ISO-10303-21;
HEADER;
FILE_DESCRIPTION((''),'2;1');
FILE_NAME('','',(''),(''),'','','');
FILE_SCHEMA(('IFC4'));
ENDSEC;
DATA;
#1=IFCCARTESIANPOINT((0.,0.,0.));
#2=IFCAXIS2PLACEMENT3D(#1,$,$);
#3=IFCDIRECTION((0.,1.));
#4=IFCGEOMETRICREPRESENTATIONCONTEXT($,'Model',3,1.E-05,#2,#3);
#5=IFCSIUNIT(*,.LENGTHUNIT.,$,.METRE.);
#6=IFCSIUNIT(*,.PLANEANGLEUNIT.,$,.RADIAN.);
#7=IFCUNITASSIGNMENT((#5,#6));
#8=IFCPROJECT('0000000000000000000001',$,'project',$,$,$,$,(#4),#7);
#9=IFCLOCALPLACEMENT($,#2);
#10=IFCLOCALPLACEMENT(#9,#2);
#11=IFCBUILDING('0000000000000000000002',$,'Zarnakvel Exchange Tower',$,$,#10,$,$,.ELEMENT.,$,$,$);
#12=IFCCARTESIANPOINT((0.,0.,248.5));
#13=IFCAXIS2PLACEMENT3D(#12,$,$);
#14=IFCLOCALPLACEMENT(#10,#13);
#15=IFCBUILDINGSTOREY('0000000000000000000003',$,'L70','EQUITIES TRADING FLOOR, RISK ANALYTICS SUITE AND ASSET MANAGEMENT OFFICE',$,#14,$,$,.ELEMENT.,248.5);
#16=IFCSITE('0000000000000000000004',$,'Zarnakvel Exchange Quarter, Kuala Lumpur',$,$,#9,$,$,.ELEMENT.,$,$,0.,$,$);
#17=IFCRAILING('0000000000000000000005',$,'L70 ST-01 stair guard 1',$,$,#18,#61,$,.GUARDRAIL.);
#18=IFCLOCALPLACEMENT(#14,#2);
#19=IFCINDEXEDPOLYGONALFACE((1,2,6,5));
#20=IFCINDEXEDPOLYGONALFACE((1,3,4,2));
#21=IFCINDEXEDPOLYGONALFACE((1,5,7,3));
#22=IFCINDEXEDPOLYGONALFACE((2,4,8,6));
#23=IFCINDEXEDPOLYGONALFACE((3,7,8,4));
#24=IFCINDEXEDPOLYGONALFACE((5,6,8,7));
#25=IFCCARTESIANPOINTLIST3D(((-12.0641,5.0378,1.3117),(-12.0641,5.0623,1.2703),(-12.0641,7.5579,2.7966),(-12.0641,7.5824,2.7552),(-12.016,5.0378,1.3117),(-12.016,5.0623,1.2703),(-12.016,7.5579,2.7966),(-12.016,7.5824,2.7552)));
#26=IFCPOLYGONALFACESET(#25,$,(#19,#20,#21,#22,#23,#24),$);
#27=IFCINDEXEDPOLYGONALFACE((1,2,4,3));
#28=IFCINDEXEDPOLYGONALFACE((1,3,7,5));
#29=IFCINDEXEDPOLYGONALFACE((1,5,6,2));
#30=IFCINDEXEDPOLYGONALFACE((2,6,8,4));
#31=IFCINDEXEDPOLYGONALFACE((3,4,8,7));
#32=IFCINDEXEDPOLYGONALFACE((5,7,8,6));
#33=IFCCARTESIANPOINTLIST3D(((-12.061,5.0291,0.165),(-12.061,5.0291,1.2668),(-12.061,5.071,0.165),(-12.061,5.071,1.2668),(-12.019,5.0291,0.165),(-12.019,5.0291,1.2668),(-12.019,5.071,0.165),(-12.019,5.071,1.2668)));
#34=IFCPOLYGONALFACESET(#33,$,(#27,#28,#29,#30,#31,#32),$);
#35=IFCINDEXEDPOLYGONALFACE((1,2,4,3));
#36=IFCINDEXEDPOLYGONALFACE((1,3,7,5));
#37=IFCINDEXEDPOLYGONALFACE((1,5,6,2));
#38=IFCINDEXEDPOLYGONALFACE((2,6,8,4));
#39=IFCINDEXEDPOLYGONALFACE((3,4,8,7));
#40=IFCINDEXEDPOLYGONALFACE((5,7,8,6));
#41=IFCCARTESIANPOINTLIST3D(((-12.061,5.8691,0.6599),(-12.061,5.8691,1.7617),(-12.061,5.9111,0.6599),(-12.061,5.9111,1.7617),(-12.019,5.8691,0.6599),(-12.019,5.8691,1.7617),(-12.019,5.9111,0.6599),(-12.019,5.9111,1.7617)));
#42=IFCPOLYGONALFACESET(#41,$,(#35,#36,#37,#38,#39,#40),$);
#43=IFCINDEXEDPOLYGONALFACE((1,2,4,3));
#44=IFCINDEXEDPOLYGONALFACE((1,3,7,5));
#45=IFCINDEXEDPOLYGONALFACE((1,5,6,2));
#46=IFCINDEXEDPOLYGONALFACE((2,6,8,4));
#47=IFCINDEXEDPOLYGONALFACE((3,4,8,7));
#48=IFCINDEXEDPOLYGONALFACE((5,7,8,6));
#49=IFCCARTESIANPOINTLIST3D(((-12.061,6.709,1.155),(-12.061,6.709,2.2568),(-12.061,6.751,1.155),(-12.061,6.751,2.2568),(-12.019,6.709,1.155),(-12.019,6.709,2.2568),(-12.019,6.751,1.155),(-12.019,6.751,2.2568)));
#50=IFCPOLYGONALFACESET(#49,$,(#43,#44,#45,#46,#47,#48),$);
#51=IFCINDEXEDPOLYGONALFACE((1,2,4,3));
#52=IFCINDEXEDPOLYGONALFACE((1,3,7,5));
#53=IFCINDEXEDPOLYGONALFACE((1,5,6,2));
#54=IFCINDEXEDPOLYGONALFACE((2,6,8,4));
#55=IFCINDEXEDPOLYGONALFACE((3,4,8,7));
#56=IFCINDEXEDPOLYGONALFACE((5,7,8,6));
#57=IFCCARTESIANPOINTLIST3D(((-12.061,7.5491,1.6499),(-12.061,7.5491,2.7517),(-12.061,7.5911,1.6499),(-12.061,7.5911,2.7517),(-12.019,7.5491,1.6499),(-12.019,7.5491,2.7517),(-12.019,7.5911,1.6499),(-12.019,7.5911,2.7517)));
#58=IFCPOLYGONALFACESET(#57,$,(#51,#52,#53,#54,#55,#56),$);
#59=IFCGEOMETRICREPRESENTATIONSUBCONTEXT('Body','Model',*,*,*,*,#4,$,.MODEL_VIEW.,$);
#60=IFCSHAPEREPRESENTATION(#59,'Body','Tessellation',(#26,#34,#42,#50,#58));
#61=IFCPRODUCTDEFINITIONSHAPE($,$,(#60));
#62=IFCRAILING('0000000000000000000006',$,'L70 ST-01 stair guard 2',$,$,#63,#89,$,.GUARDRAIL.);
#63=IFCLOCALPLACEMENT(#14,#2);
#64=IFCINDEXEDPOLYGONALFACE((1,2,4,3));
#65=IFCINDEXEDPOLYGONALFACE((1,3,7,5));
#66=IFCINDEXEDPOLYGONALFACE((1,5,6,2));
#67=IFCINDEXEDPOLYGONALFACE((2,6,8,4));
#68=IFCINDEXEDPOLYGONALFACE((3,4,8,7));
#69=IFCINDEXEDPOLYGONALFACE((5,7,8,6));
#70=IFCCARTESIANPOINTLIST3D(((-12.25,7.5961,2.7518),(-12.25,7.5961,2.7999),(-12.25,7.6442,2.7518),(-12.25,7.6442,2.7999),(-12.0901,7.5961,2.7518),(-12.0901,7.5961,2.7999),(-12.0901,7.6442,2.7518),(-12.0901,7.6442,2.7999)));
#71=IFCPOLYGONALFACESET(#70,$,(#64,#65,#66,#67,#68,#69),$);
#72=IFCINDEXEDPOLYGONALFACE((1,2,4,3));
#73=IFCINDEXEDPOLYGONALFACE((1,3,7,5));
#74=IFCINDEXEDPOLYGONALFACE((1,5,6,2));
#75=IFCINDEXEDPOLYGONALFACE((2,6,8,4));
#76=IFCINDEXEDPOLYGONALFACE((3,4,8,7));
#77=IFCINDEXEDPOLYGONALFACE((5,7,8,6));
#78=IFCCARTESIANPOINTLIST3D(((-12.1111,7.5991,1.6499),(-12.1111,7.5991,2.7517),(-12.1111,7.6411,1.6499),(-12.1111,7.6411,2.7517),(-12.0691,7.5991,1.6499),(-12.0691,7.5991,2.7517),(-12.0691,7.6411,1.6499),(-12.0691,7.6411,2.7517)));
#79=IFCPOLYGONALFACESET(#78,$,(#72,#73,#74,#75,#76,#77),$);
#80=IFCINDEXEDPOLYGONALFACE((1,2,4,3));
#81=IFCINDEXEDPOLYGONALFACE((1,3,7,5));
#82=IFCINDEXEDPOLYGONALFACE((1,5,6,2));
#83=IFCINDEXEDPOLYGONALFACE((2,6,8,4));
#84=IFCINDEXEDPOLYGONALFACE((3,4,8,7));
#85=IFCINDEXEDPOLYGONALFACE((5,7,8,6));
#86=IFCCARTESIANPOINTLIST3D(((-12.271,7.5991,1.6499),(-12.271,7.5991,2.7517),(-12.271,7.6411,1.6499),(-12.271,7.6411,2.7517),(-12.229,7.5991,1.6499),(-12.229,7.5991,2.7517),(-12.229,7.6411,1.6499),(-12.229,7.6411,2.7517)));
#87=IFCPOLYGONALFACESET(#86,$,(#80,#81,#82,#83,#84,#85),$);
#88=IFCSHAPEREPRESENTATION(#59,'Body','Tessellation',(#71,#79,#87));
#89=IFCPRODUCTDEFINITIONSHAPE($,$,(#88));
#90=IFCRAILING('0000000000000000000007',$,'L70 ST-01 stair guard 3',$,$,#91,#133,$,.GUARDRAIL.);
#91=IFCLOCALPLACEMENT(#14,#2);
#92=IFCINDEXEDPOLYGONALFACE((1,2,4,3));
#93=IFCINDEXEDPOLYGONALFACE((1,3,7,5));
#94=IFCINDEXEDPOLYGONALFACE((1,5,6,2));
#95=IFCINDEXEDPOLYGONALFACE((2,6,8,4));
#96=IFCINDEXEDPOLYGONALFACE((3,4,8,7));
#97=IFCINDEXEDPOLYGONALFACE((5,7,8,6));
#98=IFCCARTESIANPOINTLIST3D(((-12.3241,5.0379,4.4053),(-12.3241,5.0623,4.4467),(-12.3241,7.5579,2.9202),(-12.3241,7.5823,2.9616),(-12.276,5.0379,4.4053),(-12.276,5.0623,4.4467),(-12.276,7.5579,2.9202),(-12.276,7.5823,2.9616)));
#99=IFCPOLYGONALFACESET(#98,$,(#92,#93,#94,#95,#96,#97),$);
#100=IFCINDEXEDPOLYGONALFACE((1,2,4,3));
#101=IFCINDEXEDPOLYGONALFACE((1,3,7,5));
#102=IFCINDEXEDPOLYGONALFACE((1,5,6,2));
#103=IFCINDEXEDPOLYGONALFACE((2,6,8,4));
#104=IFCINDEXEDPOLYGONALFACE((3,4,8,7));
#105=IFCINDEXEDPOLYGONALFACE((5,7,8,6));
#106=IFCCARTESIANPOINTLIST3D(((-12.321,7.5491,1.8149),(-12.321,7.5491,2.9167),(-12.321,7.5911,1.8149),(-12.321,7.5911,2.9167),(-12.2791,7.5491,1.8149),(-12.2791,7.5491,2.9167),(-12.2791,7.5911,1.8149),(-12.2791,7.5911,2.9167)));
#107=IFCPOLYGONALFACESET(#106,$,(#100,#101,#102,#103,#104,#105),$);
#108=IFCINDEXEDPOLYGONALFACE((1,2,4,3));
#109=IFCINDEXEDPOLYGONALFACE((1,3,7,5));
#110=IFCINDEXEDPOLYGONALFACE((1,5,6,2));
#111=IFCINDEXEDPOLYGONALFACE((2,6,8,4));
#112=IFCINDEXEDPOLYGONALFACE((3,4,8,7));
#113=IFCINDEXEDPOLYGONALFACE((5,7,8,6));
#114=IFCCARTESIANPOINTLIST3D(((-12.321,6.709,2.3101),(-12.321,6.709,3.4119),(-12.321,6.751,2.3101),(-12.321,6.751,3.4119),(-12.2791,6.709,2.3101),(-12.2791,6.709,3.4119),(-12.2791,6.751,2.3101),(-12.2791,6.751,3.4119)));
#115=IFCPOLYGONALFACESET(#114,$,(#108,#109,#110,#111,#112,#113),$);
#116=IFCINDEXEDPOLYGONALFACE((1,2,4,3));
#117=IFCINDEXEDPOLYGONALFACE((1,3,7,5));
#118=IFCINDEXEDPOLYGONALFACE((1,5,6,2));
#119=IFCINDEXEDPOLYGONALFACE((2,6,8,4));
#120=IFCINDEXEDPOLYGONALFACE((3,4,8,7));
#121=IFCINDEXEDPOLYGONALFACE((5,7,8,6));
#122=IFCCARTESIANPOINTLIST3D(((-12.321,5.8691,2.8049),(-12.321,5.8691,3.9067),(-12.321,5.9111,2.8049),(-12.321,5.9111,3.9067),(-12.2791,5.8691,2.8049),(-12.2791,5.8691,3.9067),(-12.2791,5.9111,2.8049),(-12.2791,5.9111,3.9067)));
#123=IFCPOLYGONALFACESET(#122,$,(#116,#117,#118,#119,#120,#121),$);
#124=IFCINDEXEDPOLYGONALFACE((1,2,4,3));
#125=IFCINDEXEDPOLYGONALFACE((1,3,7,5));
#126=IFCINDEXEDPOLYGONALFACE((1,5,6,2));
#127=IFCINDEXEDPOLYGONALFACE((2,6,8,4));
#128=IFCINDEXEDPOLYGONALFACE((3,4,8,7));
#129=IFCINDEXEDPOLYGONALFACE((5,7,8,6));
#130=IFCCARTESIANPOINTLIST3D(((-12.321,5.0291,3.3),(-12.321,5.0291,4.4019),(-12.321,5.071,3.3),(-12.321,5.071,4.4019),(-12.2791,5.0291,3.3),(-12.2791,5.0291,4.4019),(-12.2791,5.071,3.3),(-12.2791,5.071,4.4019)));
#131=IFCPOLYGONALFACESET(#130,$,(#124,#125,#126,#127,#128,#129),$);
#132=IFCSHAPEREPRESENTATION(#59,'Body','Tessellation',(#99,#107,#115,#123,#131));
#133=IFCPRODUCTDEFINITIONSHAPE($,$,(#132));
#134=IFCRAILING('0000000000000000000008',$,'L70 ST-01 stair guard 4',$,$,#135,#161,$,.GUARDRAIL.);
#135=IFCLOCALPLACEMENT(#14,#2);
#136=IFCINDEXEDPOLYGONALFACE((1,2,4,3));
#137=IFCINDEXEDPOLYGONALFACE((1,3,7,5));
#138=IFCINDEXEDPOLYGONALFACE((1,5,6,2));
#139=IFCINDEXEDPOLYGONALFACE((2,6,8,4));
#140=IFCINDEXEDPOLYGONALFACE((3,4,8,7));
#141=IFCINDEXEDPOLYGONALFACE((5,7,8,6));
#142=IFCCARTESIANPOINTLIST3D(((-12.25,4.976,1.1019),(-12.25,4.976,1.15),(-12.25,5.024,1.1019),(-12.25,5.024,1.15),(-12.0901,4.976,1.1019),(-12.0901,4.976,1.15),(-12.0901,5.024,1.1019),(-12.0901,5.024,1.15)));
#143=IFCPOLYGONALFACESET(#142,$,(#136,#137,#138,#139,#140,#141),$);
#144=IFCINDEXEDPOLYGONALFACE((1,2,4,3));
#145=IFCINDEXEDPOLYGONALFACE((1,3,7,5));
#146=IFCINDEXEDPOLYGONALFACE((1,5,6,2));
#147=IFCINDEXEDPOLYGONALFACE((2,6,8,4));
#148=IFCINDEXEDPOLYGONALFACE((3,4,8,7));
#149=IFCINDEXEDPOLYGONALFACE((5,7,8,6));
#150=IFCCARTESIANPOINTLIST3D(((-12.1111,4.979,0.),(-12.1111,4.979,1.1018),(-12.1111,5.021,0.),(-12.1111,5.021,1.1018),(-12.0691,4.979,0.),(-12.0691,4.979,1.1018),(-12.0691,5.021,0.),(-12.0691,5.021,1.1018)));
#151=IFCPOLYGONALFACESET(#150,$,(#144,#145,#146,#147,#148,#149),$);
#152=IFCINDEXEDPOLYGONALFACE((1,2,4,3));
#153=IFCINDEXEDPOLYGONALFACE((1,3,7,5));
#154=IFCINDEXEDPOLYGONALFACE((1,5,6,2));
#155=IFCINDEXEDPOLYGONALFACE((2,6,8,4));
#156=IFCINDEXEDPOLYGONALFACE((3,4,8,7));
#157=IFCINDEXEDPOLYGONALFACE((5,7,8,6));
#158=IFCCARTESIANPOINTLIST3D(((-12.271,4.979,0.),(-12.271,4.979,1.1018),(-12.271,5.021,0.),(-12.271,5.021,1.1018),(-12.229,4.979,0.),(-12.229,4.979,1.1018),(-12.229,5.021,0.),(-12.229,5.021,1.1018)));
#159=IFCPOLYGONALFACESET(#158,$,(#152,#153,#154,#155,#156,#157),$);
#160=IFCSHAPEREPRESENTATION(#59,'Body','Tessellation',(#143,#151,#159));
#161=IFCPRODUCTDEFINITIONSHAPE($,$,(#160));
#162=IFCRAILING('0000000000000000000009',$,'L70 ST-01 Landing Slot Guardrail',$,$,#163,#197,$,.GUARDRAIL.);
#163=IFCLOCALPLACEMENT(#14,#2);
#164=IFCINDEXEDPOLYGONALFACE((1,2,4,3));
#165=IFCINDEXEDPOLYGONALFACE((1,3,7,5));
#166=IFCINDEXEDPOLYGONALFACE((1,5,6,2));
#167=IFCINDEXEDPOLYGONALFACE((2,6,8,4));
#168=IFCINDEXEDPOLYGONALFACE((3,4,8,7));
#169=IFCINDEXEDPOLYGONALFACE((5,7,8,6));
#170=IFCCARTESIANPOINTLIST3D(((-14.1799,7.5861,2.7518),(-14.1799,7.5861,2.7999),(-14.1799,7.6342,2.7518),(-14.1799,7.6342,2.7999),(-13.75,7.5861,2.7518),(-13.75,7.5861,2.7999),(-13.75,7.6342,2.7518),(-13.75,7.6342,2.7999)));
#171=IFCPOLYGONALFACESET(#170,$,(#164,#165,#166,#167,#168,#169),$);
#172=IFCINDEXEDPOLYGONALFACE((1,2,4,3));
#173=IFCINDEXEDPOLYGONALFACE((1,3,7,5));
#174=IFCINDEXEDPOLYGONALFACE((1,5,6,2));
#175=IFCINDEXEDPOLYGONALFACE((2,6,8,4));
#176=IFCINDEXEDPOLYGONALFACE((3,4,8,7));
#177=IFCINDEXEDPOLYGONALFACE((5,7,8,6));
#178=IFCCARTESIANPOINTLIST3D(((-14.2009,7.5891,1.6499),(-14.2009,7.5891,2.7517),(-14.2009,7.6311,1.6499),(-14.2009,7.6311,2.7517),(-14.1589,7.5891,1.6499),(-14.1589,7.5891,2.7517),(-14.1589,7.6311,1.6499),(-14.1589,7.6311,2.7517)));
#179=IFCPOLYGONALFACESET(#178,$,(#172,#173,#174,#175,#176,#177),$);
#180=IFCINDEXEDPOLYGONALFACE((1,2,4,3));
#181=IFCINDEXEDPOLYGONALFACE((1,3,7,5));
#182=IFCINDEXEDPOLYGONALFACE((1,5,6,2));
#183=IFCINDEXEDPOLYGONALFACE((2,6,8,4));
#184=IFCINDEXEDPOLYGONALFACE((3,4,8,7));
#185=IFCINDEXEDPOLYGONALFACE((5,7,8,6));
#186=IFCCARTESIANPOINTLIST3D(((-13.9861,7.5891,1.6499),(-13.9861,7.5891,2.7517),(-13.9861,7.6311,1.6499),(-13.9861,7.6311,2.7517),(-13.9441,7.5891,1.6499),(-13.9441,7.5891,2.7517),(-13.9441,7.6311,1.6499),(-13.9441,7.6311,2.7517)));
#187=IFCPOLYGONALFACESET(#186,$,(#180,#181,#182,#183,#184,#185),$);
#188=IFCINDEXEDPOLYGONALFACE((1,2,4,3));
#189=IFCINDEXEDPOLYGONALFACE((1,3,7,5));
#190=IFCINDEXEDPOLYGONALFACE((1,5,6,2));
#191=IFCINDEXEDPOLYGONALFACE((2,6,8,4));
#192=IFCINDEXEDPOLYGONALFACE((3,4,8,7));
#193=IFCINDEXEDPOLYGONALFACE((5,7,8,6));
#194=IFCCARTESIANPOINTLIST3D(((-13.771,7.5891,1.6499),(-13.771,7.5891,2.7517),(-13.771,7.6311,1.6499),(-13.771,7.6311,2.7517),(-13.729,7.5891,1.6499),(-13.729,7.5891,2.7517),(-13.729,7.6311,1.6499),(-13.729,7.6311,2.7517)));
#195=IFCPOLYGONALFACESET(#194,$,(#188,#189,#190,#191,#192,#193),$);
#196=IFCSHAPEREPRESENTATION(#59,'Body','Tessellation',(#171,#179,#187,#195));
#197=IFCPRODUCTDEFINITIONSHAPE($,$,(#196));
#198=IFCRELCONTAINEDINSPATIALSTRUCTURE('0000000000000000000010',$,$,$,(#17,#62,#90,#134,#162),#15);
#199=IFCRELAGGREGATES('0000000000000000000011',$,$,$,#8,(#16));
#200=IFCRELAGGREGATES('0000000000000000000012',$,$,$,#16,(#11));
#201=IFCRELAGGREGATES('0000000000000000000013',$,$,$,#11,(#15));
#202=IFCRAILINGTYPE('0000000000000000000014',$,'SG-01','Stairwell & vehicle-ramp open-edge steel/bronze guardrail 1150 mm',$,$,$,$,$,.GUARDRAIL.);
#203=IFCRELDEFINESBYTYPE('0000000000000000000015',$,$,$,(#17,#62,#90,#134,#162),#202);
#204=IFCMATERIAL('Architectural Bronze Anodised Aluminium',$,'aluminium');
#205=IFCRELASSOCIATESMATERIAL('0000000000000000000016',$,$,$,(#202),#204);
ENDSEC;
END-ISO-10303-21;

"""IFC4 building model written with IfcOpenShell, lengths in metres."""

from ifc_helpers import new_model, si_unit, direction, frame, origin, origin_2d, place, context, subcontext, project, spatial, rectangle, extrude, material, type_object, element, save


model = new_model("IFC4")

# Units and contexts
model_context = context("Model", 3, precision=1e-05, world=origin(), true_north=direction((0.0, 1.0)))
body_context = subcontext(model_context, "Body", "Model", "MODEL_VIEW")
ifc_project = project(units=[si_unit("LENGTHUNIT", "METRE"), si_unit("PLANEANGLEUNIT", "RADIAN")], contexts=[model_context])

# Site, building, storey
site_placement = place(None, origin())
site = spatial("IfcSite", under=ifc_project, at=site_placement, Name="Zarnakvel Exchange Quarter, Kuala Lumpur", CompositionType="ELEMENT", RefElevation=0.0)
building_placement = place(site_placement, origin())
building = spatial("IfcBuilding", under=site, at=building_placement, Name="Zarnakvel Exchange Tower", CompositionType="ELEMENT")
storey_placement = place(building_placement, frame((0.0, 0.0, 248.5)))
storey = spatial("IfcBuildingStorey", under=building, at=storey_placement, Name="L70", Description="EQUITIES TRADING FLOOR, RISK ANALYTICS SUITE AND ASSET MANAGEMENT OFFICE", CompositionType="ELEMENT", Elevation=248.5)

# Shared definitions
ifc_material_1 = material(Name="Architectural Bronze Anodised Aluminium", Category="aluminium")

# Railings
railing_type_1 = type_object("IfcRailingType", Name="SG-01", Description="Stairwell & vehicle-ramp open-edge steel/bronze guardrail 1150 mm", PredefinedType="GUARDRAIL", material=ifc_material_1)
railing_1_placement = place(storey_placement, frame((-12.04, 5.05, 0.165)))
element("IfcRailing", 1, at=railing_1_placement, inside=storey, type_object=railing_type_1, Name="L70 ST-01 stair guard 1", PredefinedType="GUARDRAIL", context=body_context, shape_type="SweptSolid", body=[
    extrude(rectangle(XDim=0.0481, YDim=0.0481, at=origin_2d()), frame((0.0, 0.0, 1.126), z_axis=(0.0, 0.861561, 0.507655), x_axis=(-1.0, 0.0, 0.0)), (0.0, 0.0, 1.0), 2.925),
    extrude(rectangle(XDim=0.042, YDim=0.042, at=origin_2d()), origin(), (0.0, 0.0, 1.0), 1.1018),
    extrude(rectangle(XDim=0.042, YDim=0.042, at=origin_2d()), frame((0.0, 0.8401, 0.4949)), (0.0, 0.0, 1.0), 1.1018),
    extrude(rectangle(XDim=0.042, YDim=0.042, at=origin_2d()), frame((0.0, 1.6799, 0.99)), (0.0, 0.0, 1.0), 1.1018),
    extrude(rectangle(XDim=0.042, YDim=0.042, at=origin_2d()), frame((0.0, 2.52, 1.4849)), (0.0, 0.0, 1.0), 1.1018),
])
railing_2_placement = place(storey_placement, frame((-12.0901, 7.6201, 1.6499)))
element("IfcRailing", 2, at=railing_2_placement, inside=storey, type_object=railing_type_1, Name="L70 ST-01 stair guard 2", PredefinedType="GUARDRAIL", context=body_context, shape_type="SweptSolid", body=[
    extrude(rectangle(XDim=0.0481, YDim=0.0481, at=origin_2d()), frame((0.0, 0.0, 1.126), z_axis=(-1.0, 0.0, 0.0), x_axis=(0.0, -1.0, 0.0)), (0.0, 0.0, 1.0), 0.1599),
    extrude(rectangle(XDim=0.042, YDim=0.042, at=origin_2d()), origin(), (0.0, 0.0, 1.0), 1.1018),
    extrude(rectangle(XDim=0.042, YDim=0.042, at=origin_2d()), frame((-0.1599, 0.0, 0.0)), (0.0, 0.0, 1.0), 1.1018),
])
railing_3_placement = place(storey_placement, frame((-12.3, 7.5701, 1.8149)))
element("IfcRailing", 3, at=railing_3_placement, inside=storey, type_object=railing_type_1, Name="L70 ST-01 stair guard 3", PredefinedType="GUARDRAIL", context=body_context, shape_type="SweptSolid", body=[
    extrude(rectangle(XDim=0.0481, YDim=0.0481, at=origin_2d()), frame((0.0, 0.0, 1.126), z_axis=(0.0, -0.861524, 0.507717), x_axis=(1.0, 0.0, 0.0)), (0.0, 0.0, 1.0), 2.925),
    extrude(rectangle(XDim=0.042, YDim=0.042, at=origin_2d()), origin(), (0.0, 0.0, 1.0), 1.1018),
    extrude(rectangle(XDim=0.042, YDim=0.042, at=origin_2d()), frame((0.0, -0.8401, 0.4951)), (0.0, 0.0, 1.0), 1.1018),
    extrude(rectangle(XDim=0.042, YDim=0.042, at=origin_2d()), frame((0.0, -1.6799, 0.99)), (0.0, 0.0, 1.0), 1.1018),
    extrude(rectangle(XDim=0.042, YDim=0.042, at=origin_2d()), frame((0.0, -2.52, 1.4851)), (0.0, 0.0, 1.0), 1.1018),
])
railing_4_placement = place(storey_placement, frame((-12.0901, 5.0, 0.0)))
element("IfcRailing", 4, at=railing_4_placement, inside=storey, type_object=railing_type_1, Name="L70 ST-01 stair guard 4", PredefinedType="GUARDRAIL", context=body_context, shape_type="SweptSolid", body=[
    extrude(rectangle(XDim=0.0481, YDim=0.0481, at=origin_2d()), frame((0.0, 0.0, 1.126), z_axis=(-1.0, 0.0, 0.0), x_axis=(0.0, -1.0, 0.0)), (0.0, 0.0, 1.0), 0.1599),
    extrude(rectangle(XDim=0.042, YDim=0.042, at=origin_2d()), origin(), (0.0, 0.0, 1.0), 1.1018),
    extrude(rectangle(XDim=0.042, YDim=0.042, at=origin_2d()), frame((-0.1599, 0.0, 0.0)), (0.0, 0.0, 1.0), 1.1018),
])
railing_5_placement = place(storey_placement, frame((-14.1799, 7.6101, 1.6499)))
element("IfcRailing", 5, at=railing_5_placement, inside=storey, type_object=railing_type_1, Name="L70 ST-01 Landing Slot Guardrail", PredefinedType="GUARDRAIL", context=body_context, shape_type="SweptSolid", body=[
    extrude(rectangle(XDim=0.0481, YDim=0.0481, at=origin_2d()), frame((0.0, 0.0, 1.126), z_axis=(1.0, 0.0, 0.0), x_axis=(0.0, 1.0, 0.0)), (0.0, 0.0, 1.0), 0.4299),
    extrude(rectangle(XDim=0.042, YDim=0.042, at=origin_2d()), origin(), (0.0, 0.0, 1.0), 1.1018),
    extrude(rectangle(XDim=0.042, YDim=0.042, at=origin_2d()), frame((0.2148, 0.0, 0.0)), (0.0, 0.0, 1.0), 1.1018),
    extrude(rectangle(XDim=0.042, YDim=0.042, at=origin_2d()), frame((0.4299, 0.0, 0.0)), (0.0, 0.0, 1.0), 1.1018),
])

save(model, "model.ifc")
